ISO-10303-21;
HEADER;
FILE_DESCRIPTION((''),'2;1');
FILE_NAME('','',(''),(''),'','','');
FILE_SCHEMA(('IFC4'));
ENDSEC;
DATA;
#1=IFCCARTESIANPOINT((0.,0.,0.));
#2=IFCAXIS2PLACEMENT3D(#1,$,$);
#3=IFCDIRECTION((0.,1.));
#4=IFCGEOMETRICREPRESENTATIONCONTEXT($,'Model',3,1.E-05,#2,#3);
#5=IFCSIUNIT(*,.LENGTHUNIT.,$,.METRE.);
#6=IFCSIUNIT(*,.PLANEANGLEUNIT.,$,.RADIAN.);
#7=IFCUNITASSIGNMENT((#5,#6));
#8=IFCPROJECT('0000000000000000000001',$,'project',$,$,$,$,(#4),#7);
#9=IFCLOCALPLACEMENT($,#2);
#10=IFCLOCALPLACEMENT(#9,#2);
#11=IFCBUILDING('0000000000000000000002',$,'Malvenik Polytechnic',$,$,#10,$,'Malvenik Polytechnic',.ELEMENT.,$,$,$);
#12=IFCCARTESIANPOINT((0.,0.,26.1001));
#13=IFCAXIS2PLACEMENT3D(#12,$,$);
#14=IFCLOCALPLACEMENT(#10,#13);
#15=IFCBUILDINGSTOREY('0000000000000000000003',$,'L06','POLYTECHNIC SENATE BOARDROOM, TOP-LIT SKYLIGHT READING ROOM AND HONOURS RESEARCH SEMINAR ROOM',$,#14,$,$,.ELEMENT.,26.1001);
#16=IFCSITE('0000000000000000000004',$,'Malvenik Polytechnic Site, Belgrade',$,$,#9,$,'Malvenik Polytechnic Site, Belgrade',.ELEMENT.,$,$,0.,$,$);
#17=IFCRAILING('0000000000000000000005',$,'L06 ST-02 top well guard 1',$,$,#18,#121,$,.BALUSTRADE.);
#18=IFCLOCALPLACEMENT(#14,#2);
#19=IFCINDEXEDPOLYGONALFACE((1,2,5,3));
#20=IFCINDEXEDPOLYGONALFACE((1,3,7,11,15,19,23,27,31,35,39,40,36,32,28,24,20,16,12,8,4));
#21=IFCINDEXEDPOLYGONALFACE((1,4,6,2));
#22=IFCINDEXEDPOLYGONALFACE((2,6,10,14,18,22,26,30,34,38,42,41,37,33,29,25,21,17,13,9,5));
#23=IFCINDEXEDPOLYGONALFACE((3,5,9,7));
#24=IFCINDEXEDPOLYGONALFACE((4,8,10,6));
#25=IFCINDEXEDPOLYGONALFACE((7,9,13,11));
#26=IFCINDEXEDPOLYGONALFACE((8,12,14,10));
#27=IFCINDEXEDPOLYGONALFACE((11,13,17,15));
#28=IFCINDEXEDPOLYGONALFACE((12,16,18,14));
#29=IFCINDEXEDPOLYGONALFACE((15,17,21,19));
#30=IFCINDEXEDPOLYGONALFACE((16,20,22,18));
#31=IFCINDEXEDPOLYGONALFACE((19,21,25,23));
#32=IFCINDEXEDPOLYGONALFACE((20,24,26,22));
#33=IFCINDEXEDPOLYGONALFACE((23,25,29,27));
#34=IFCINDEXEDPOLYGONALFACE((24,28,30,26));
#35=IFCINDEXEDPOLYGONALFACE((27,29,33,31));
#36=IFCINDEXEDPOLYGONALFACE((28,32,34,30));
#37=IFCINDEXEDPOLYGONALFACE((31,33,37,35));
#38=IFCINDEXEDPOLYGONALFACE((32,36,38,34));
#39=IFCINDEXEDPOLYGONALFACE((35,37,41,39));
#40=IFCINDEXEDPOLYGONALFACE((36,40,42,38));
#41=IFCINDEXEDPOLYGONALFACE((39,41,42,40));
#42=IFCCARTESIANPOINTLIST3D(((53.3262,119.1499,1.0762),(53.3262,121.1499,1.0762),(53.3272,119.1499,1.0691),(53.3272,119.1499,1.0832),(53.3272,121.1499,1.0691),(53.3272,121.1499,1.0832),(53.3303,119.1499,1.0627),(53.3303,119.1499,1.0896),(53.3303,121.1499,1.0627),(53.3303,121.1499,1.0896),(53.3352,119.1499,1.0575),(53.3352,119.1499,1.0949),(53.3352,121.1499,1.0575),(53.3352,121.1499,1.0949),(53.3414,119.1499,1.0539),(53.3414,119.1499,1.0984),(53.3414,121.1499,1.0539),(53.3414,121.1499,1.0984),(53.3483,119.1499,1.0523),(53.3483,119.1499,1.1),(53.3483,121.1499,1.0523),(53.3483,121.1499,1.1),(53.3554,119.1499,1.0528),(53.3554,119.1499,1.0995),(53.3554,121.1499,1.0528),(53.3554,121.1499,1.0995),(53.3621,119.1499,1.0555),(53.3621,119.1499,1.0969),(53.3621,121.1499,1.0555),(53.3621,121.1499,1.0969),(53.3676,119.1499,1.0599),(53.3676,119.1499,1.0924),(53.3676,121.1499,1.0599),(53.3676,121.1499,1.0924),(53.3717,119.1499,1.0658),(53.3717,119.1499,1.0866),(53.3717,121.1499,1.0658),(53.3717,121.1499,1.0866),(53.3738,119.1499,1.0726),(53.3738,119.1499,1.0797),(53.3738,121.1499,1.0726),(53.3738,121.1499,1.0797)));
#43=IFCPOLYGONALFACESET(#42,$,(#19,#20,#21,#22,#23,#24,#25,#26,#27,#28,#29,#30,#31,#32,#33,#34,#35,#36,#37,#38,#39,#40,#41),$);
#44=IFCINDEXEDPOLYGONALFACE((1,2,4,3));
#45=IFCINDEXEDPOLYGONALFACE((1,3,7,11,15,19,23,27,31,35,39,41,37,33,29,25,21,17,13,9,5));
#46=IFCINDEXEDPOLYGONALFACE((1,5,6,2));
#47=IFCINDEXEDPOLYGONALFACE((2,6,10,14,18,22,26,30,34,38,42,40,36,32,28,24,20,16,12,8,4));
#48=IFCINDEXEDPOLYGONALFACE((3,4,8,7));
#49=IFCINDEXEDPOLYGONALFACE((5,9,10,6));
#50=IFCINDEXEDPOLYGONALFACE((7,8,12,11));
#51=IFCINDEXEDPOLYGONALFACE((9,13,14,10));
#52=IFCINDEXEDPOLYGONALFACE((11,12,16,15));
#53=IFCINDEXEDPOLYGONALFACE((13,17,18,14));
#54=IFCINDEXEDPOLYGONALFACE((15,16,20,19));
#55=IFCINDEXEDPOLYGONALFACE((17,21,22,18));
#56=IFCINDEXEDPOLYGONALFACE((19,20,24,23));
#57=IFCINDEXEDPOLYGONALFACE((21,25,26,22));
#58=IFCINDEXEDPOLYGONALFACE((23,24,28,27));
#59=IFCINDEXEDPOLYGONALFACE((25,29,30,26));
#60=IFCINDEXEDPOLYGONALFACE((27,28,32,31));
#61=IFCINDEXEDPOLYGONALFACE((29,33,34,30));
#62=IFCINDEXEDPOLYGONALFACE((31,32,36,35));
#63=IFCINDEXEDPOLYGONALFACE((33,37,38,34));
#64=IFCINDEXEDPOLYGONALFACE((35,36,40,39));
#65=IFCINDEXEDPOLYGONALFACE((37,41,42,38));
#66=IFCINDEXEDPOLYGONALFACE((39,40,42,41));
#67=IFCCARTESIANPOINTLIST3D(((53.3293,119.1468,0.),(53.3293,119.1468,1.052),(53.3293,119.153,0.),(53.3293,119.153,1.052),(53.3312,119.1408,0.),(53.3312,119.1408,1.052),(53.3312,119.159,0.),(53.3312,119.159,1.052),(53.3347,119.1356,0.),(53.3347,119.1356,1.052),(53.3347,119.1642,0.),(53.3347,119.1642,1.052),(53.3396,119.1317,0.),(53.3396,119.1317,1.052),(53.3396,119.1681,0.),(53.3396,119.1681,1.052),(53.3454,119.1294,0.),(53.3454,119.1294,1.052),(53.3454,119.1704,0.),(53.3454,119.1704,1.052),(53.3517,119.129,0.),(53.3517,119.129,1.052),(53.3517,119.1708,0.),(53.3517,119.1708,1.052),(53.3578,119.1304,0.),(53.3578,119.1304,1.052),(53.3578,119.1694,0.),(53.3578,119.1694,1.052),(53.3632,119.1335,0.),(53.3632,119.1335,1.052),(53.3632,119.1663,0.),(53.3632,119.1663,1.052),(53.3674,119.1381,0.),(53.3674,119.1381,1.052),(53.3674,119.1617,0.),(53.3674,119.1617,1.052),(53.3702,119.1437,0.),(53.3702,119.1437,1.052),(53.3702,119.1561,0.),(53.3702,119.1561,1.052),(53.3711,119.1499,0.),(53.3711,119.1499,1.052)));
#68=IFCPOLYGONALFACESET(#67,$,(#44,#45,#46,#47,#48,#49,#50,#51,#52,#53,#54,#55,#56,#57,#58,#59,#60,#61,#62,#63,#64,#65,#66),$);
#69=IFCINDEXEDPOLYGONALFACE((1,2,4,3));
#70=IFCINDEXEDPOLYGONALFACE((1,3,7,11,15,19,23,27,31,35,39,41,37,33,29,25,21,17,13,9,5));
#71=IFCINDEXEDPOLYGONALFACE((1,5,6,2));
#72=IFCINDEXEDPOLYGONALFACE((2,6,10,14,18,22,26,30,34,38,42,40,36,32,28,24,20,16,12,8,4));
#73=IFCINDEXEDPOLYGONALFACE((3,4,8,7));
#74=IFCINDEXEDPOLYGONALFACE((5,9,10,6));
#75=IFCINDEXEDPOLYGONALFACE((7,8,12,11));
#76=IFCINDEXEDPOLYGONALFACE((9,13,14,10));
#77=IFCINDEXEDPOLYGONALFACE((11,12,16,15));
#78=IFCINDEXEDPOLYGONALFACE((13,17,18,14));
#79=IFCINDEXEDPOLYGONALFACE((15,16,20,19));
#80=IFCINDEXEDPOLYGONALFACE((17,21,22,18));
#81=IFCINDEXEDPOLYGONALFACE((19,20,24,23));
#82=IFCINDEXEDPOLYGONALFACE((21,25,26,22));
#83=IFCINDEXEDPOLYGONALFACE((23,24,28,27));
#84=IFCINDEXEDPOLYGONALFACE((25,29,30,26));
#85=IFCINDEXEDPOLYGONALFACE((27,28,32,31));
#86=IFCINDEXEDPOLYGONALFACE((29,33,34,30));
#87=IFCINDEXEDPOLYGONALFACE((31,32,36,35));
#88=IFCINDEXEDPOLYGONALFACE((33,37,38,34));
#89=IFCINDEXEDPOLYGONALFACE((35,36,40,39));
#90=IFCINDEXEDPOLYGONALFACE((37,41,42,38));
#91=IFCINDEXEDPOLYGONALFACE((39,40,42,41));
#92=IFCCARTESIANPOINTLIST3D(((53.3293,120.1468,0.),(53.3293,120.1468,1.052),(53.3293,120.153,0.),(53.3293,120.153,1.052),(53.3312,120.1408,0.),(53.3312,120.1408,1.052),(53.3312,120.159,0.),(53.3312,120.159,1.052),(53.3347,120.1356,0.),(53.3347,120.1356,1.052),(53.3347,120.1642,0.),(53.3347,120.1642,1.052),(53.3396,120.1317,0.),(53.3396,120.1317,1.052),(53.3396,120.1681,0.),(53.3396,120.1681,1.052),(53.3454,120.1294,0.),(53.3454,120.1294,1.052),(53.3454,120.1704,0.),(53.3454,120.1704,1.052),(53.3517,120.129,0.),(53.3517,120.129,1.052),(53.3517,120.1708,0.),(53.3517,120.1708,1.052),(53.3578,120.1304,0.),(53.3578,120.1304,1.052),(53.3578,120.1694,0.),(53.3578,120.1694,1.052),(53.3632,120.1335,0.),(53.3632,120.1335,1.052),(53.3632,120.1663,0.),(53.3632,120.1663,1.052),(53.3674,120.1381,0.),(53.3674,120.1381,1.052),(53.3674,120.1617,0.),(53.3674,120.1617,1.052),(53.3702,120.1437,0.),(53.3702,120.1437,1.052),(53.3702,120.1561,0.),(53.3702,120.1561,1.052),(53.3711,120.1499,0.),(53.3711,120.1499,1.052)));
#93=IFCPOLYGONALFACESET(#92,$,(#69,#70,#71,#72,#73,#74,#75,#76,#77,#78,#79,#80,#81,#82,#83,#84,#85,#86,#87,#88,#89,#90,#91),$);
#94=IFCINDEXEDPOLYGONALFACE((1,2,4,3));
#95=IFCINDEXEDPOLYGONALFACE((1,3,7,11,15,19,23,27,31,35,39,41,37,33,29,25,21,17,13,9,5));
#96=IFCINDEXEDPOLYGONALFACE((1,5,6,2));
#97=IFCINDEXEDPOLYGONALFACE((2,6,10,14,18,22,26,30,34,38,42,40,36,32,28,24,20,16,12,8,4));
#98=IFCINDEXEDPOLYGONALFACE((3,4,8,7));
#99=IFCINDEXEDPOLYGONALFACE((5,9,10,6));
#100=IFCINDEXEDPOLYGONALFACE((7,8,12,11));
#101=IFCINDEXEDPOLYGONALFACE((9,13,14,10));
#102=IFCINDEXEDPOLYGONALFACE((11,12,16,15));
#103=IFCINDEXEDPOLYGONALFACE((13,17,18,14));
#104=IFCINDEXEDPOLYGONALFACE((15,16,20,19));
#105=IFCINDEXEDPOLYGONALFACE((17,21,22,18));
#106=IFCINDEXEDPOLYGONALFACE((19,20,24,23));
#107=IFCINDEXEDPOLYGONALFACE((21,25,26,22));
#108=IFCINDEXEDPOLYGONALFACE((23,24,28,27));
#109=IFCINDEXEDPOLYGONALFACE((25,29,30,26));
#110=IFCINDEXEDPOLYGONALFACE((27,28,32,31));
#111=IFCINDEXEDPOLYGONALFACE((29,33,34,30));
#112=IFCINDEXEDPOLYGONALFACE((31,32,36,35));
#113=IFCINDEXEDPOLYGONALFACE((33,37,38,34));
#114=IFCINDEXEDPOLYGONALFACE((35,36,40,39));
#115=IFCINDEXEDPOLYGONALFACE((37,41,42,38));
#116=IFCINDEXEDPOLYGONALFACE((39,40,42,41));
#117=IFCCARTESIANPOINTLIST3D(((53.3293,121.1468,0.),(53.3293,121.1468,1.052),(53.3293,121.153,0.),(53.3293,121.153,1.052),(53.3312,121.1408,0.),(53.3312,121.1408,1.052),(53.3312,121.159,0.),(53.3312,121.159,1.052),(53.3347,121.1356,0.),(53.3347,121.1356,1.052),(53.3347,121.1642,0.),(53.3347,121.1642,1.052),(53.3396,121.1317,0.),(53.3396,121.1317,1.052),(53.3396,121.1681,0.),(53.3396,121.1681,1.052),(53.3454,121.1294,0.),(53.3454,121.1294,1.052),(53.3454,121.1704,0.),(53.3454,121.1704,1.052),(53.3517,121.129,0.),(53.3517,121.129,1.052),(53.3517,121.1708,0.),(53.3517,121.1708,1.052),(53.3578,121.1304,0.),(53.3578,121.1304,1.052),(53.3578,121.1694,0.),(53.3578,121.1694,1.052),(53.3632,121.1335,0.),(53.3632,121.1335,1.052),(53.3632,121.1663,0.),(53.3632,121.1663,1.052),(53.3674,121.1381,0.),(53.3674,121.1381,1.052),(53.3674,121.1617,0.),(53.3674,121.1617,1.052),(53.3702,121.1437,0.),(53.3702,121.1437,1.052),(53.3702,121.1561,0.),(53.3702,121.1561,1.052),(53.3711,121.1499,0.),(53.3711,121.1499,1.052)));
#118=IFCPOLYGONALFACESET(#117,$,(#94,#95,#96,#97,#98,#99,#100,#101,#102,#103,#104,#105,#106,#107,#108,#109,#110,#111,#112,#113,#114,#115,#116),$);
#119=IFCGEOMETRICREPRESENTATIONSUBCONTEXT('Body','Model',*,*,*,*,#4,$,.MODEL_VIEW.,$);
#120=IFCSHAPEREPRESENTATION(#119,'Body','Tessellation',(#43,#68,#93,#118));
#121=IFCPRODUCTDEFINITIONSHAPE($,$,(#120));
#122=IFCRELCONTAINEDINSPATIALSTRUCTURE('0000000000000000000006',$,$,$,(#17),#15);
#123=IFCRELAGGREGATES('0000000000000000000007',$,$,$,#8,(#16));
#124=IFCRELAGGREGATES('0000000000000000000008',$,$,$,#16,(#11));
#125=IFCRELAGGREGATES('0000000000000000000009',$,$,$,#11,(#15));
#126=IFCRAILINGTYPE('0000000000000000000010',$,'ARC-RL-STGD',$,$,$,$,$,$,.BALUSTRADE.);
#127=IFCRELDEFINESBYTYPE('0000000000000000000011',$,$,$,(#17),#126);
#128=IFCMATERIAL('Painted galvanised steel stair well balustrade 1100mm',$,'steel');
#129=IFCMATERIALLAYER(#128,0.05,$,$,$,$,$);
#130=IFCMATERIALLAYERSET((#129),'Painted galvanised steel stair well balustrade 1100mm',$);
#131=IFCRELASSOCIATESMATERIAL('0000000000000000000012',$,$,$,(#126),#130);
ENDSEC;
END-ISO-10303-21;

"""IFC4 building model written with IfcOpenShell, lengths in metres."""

from ifc_helpers import new_model, si_unit, direction, frame, origin, origin_2d, place, context, subcontext, project, spatial, circle, extrude, material, layer, layer_set, type_object, element, save


model = new_model("IFC4")

# Units and contexts
model_context = context("Model", 3, precision=1e-05, world=origin(), true_north=direction((0.0, 1.0)))
body_context = subcontext(model_context, "Body", "Model", "MODEL_VIEW")
ifc_project = project(units=[si_unit("LENGTHUNIT", "METRE"), si_unit("PLANEANGLEUNIT", "RADIAN")], contexts=[model_context])

# Site, building, storey
site_placement = place(None, origin())
site = spatial("IfcSite", under=ifc_project, at=site_placement, Name="Malvenik Polytechnic Site, Belgrade", LongName="Malvenik Polytechnic Site, Belgrade", CompositionType="ELEMENT", RefElevation=0.0)
building_placement = place(site_placement, origin())
building = spatial("IfcBuilding", under=site, at=building_placement, Name="Malvenik Polytechnic", LongName="Malvenik Polytechnic", CompositionType="ELEMENT")
storey_placement = place(building_placement, frame((0.0, 0.0, 26.1001)))
storey = spatial("IfcBuildingStorey", under=building, at=storey_placement, Name="L06", Description="POLYTECHNIC SENATE BOARDROOM, TOP-LIT SKYLIGHT READING ROOM AND HONOURS RESEARCH SEMINAR ROOM", CompositionType="ELEMENT", Elevation=26.1001)

# Railing
ifc_material_1 = material(Name="Painted galvanised steel stair well balustrade 1100mm", Category="steel")
ifc_layer_1 = layer(ifc_material_1, 0.05)
ifc_layer_set_1 = layer_set([ifc_layer_1], Name="Painted galvanised steel stair well balustrade 1100mm")
railing_type_1 = type_object("IfcRailingType", Name="ARC-RL-STGD", PredefinedType="BALUSTRADE", material=ifc_layer_set_1)
for number, where, name in (
    (1, (53.3501, 119.1499, 0.0), "L06 ST-02 top well guard 1"),
):
    element("IfcRailing", number, at=place(storey_placement, frame(where)), inside=storey, type_object=railing_type_1, Name=name, PredefinedType="BALUSTRADE", context=body_context, shape_type="SweptSolid", body=[
        extrude(circle(Radius=0.0239, at=origin_2d()), frame((0.0, 0.0, 1.0762), z_axis=(0.0, 1.0, 0.0), x_axis=(-1.0, 0.0, 0.0)), (0.0, 0.0, 1.0), 2.0),
        extrude(circle(Radius=0.021, at=origin_2d()), origin(), (0.0, 0.0, 1.0), 1.052),
        extrude(circle(Radius=0.021, at=origin_2d()), frame((0.0, 1.0, 0.0)), (0.0, 0.0, 1.0), 1.052),
        extrude(circle(Radius=0.021, at=origin_2d()), frame((0.0, 2.0, 0.0)), (0.0, 0.0, 1.0), 1.052),
    ])

save(model, "model.ifc")
